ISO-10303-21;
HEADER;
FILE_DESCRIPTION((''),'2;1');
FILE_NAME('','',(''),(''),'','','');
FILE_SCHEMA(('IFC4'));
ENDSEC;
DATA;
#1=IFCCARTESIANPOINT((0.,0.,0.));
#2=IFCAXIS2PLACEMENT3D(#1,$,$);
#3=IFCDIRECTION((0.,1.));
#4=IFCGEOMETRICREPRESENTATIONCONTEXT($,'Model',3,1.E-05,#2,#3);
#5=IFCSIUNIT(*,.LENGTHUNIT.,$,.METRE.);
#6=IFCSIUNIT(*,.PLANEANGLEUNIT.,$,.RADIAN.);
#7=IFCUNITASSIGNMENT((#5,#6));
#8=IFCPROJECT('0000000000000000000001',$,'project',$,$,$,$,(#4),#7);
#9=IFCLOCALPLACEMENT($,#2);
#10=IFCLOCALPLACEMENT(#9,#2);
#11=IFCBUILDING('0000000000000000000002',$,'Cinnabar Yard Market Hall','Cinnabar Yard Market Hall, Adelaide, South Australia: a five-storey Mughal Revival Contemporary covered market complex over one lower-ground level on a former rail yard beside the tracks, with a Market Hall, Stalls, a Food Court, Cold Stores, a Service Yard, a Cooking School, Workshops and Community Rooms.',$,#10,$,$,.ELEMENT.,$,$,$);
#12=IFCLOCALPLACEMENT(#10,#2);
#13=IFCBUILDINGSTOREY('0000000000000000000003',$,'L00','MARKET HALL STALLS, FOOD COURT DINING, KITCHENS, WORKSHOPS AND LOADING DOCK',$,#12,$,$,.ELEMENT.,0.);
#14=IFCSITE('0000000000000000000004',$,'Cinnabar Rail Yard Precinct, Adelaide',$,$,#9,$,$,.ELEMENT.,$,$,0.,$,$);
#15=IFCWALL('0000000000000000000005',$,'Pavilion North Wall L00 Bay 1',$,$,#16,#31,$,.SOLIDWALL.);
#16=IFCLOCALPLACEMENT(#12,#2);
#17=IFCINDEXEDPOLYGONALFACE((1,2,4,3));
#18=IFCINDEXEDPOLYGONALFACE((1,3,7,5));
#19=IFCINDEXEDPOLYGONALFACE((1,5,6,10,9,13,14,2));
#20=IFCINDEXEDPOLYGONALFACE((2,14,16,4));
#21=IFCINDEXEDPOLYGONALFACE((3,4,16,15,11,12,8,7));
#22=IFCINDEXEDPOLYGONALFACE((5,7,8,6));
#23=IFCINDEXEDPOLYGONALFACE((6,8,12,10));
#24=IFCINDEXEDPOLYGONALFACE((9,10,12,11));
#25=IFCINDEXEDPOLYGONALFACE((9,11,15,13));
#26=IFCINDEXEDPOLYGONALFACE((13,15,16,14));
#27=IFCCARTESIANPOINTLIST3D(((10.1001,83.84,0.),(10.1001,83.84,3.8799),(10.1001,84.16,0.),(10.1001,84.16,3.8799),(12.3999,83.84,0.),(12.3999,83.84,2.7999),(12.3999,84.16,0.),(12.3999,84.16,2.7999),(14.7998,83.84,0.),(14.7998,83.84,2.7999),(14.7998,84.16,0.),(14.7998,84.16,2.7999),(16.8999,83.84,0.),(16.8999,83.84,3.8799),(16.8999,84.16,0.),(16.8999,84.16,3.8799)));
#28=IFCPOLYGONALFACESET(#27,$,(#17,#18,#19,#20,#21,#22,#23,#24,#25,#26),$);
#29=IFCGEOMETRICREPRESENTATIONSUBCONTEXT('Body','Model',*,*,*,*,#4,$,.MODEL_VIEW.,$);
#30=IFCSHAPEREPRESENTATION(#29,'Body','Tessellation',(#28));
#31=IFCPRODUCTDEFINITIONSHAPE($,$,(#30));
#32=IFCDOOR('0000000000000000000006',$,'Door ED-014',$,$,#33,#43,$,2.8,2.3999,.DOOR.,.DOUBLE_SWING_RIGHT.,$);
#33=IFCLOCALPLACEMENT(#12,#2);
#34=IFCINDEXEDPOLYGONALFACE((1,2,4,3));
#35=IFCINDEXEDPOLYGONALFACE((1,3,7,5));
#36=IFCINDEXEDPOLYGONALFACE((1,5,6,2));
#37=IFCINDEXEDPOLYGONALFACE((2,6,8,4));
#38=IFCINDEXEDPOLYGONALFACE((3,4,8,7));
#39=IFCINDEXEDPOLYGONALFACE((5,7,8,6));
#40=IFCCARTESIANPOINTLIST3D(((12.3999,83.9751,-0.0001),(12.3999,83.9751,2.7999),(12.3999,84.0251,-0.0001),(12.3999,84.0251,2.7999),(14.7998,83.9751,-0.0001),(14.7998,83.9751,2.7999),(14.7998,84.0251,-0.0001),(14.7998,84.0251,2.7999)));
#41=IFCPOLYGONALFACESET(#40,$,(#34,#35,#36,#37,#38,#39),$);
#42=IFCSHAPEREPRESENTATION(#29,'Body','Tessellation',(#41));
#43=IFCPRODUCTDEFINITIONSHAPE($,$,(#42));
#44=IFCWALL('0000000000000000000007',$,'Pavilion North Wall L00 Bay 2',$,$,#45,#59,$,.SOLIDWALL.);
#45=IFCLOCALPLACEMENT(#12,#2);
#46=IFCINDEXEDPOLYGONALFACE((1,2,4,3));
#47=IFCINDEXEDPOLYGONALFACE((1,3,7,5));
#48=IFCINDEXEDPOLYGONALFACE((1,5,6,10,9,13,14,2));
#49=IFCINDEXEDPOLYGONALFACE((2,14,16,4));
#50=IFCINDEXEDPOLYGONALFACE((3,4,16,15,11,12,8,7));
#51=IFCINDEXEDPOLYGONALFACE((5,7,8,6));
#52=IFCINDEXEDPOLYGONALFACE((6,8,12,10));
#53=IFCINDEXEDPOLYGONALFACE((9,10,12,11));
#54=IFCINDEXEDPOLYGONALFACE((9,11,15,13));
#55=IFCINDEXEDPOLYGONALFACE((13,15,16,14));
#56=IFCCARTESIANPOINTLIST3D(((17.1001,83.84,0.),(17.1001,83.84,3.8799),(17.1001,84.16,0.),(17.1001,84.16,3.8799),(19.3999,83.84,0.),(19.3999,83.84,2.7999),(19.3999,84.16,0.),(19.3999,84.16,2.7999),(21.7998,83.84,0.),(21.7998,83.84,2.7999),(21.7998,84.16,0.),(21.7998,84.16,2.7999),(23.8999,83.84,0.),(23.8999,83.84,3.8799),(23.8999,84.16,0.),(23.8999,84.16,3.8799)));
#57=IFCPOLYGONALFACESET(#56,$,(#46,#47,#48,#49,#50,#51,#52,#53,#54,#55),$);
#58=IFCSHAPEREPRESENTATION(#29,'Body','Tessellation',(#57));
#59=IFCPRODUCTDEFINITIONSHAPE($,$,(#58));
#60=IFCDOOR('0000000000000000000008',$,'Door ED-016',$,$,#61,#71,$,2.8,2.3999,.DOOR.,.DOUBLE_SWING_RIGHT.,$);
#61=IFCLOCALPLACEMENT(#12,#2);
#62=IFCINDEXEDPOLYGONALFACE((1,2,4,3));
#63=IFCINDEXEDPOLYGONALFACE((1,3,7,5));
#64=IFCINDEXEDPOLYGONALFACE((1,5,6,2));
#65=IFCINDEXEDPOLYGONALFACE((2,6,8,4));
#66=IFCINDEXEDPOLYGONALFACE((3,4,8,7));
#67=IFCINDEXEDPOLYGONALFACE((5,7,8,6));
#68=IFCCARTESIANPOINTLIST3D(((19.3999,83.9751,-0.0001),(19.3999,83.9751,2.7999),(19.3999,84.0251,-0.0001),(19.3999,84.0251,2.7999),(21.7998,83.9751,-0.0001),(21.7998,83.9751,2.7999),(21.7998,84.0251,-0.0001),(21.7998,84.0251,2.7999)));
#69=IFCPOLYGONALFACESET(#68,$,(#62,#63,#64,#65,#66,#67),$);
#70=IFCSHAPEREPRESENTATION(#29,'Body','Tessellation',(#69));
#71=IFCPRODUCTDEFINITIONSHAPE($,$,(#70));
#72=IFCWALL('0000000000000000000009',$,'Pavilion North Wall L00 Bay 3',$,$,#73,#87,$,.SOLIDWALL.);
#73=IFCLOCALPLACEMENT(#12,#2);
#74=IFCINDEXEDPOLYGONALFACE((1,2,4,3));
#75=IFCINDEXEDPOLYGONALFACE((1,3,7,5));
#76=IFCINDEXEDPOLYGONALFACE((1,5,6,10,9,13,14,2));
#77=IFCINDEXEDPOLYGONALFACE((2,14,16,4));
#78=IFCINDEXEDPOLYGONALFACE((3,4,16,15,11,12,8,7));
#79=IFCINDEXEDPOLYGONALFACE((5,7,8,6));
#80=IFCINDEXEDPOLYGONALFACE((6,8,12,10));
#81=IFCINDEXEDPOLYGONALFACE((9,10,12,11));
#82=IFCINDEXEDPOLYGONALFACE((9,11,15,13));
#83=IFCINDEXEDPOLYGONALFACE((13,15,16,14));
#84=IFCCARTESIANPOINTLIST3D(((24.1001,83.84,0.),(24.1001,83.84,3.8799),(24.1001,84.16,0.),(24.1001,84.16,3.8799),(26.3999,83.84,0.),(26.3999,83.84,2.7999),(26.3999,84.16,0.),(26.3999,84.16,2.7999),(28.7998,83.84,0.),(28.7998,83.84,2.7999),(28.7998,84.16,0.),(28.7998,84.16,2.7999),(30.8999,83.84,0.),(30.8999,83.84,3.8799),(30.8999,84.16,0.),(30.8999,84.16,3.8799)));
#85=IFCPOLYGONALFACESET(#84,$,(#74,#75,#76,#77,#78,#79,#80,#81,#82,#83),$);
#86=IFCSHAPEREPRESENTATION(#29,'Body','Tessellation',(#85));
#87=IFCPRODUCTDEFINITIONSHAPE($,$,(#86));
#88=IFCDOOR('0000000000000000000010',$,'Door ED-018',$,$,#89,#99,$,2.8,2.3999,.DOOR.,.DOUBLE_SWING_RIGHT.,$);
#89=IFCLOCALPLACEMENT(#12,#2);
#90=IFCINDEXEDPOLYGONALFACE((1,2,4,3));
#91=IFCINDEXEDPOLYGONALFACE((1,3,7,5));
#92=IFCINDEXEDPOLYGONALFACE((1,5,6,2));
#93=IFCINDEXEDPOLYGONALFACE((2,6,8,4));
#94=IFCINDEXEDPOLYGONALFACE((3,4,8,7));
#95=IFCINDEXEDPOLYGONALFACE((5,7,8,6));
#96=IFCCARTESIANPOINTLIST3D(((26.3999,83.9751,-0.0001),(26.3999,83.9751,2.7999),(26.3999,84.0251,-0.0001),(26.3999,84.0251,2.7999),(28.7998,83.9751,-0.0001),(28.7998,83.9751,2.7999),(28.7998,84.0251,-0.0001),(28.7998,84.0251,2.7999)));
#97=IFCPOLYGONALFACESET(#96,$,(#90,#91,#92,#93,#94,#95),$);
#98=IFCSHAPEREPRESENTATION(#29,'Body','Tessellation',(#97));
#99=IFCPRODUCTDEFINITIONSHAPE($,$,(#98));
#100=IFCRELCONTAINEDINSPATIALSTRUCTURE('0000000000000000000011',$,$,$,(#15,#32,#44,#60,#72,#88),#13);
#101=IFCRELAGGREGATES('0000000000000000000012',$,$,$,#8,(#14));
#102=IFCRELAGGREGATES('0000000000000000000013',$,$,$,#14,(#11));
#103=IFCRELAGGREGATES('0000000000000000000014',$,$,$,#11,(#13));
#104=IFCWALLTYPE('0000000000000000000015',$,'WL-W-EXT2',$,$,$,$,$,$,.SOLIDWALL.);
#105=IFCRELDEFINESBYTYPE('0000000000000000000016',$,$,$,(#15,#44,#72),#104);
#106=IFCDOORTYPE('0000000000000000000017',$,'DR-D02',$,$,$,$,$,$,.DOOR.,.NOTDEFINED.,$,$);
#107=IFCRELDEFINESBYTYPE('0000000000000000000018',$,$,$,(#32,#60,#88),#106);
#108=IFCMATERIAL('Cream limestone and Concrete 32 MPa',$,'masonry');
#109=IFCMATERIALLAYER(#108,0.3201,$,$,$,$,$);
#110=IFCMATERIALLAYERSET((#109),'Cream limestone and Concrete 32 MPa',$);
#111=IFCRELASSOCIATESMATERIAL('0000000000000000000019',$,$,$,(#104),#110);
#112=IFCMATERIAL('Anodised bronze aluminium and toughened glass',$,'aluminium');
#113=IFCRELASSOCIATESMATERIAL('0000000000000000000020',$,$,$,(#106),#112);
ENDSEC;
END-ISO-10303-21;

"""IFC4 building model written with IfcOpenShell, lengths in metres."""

from ifc_helpers import new_model, si_unit, direction, frame, frame_2d, origin, place, context, subcontext, project, spatial, rectangle, extrude, material, layer, layer_set, type_object, element, fill, save


model = new_model("IFC4")

# Units and contexts
model_context = context("Model", 3, precision=1e-05, world=origin(), true_north=direction((0.0, 1.0)))
body_context = subcontext(model_context, "Body", "Model", "MODEL_VIEW")
ifc_project = project(units=[si_unit("LENGTHUNIT", "METRE"), si_unit("PLANEANGLEUNIT", "RADIAN")], contexts=[model_context])

# Site, building, storey
site_placement = place(None, origin())
site = spatial("IfcSite", under=ifc_project, at=site_placement, Name="Cinnabar Rail Yard Precinct, Adelaide", CompositionType="ELEMENT", RefElevation=0.0)
building_placement = place(site_placement, origin())
building = spatial("IfcBuilding", under=site, at=building_placement, Name="Cinnabar Yard Market Hall", Description="Cinnabar Yard Market Hall, Adelaide, South Australia: a five-storey Mughal Revival Contemporary covered market complex over one lower-ground level on a former rail yard beside the tracks, with a Market Hall, Stalls, a Food Court, Cold Stores, a Service Yard, a Cooking School, Workshops and Community Rooms.", CompositionType="ELEMENT")
storey_placement = place(building_placement, origin())
storey = spatial("IfcBuildingStorey", under=building, at=storey_placement, Name="L00", Description="MARKET HALL STALLS, FOOD COURT DINING, KITCHENS, WORKSHOPS AND LOADING DOCK", CompositionType="ELEMENT", Elevation=0.0)

# Walls, openings, doors
ifc_material_1 = material(Name="Cream limestone and Concrete 32 MPa", Category="masonry")
ifc_layer_1 = layer(ifc_material_1, 0.3201)
ifc_layer_set_1 = layer_set([ifc_layer_1], Name="Cream limestone and Concrete 32 MPa")
wall_type = type_object("IfcWallType", Name="WL-W-EXT2", PredefinedType="SOLIDWALL", material=ifc_layer_set_1)
wall_1_placement = place(storey_placement, frame((16.8999, 84.0, 0.0), z_axis=(0.0, 0.0, 1.0), x_axis=(-1.0, 0.0, 0.0)))
wall_1 = element("IfcWall", 1, at=wall_1_placement, inside=storey, type_object=wall_type, Name="Pavilion North Wall L00 Bay 1", PredefinedType="SOLIDWALL", context=body_context, shape_type="SweptSolid", body=[
    extrude(rectangle(XDim=6.7998, YDim=0.3201, at=frame_2d((3.3999, 0.0), x_axis=(1.0, 0.0))), origin(), (0.0, 0.0, 1.0), 3.8799),
])
opening_1_placement = place(wall_1_placement, frame((2.1001, 0.0, 0.0)))
opening_1 = element("IfcOpeningElement", 2, at=opening_1_placement, cuts=wall_1, PredefinedType="OPENING", context=body_context, shape_type="SweptSolid", body=[
    extrude(rectangle(XDim=2.3999, YDim=2.8, at=frame_2d((1.2, 1.3999), x_axis=(1.0, 0.0))), frame((0.0, 0.1699, 0.0), z_axis=(0.0, -1.0, 0.0), x_axis=(1.0, 0.0, 0.0)), (0.0, 0.0, 1.0), 0.3401),
])
ifc_material_2 = material(Name="Anodised bronze aluminium and toughened glass", Category="aluminium")
door_type = type_object("IfcDoorType", Name="DR-D02", OperationType="NOTDEFINED", PredefinedType="DOOR", material=ifc_material_2)
door_1_placement = place(opening_1_placement, origin())
door_1 = element("IfcDoor", 3, at=door_1_placement, inside=storey, type_object=door_type, Name="Door ED-014", OperationType="DOUBLE_SWING_RIGHT", OverallHeight=2.8, OverallWidth=2.3999, PredefinedType="DOOR", context=body_context, shape_type="SweptSolid", body=[
    extrude(rectangle(XDim=2.3999, YDim=2.8, at=frame_2d((1.2, 1.3999), x_axis=(1.0, 0.0))), frame((0.0, 0.0249, 0.0), z_axis=(0.0, -1.0, 0.0), x_axis=(1.0, 0.0, 0.0)), (0.0, 0.0, 1.0), 0.05),
])
fill(opening_1, door_1)
wall_2_placement = place(storey_placement, frame((23.8999, 84.0, 0.0), z_axis=(0.0, 0.0, 1.0), x_axis=(-1.0, 0.0, 0.0)))
wall_2 = element("IfcWall", 4, at=wall_2_placement, inside=storey, type_object=wall_type, Name="Pavilion North Wall L00 Bay 2", PredefinedType="SOLIDWALL", context=body_context, shape_type="SweptSolid", body=[
    extrude(rectangle(XDim=6.7998, YDim=0.3201, at=frame_2d((3.3999, 0.0), x_axis=(1.0, 0.0))), origin(), (0.0, 0.0, 1.0), 3.8799),
])
opening_2_placement = place(wall_2_placement, frame((2.1001, 0.0, 0.0)))
opening_2 = element("IfcOpeningElement", 5, at=opening_2_placement, cuts=wall_2, PredefinedType="OPENING", context=body_context, shape_type="SweptSolid", body=[
    extrude(rectangle(XDim=2.3999, YDim=2.8, at=frame_2d((1.2, 1.3999), x_axis=(1.0, 0.0))), frame((0.0, 0.1699, 0.0), z_axis=(0.0, -1.0, 0.0), x_axis=(1.0, 0.0, 0.0)), (0.0, 0.0, 1.0), 0.3401),
])
door_2_placement = place(opening_2_placement, origin())
door_2 = element("IfcDoor", 6, at=door_2_placement, inside=storey, type_object=door_type, Name="Door ED-016", OperationType="DOUBLE_SWING_RIGHT", OverallHeight=2.8, OverallWidth=2.3999, PredefinedType="DOOR", context=body_context, shape_type="SweptSolid", body=[
    extrude(rectangle(XDim=2.3999, YDim=2.8, at=frame_2d((1.2, 1.3999), x_axis=(1.0, 0.0))), frame((0.0, 0.0249, 0.0), z_axis=(0.0, -1.0, 0.0), x_axis=(1.0, 0.0, 0.0)), (0.0, 0.0, 1.0), 0.05),
])
fill(opening_2, door_2)
wall_3_placement = place(storey_placement, frame((30.8999, 84.0, 0.0), z_axis=(0.0, 0.0, 1.0), x_axis=(-1.0, 0.0, 0.0)))
wall_3 = element("IfcWall", 7, at=wall_3_placement, inside=storey, type_object=wall_type, Name="Pavilion North Wall L00 Bay 3", PredefinedType="SOLIDWALL", context=body_context, shape_type="SweptSolid", body=[
    extrude(rectangle(XDim=6.7998, YDim=0.3201, at=frame_2d((3.3999, 0.0), x_axis=(1.0, 0.0))), origin(), (0.0, 0.0, 1.0), 3.8799),
])
opening_3_placement = place(wall_3_placement, frame((2.1001, 0.0, 0.0)))
opening_3 = element("IfcOpeningElement", 8, at=opening_3_placement, cuts=wall_3, PredefinedType="OPENING", context=body_context, shape_type="SweptSolid", body=[
    extrude(rectangle(XDim=2.3999, YDim=2.8, at=frame_2d((1.2, 1.3999), x_axis=(1.0, 0.0))), frame((0.0, 0.1699, 0.0), z_axis=(0.0, -1.0, 0.0), x_axis=(1.0, 0.0, 0.0)), (0.0, 0.0, 1.0), 0.3401),
])
door_3_placement = place(opening_3_placement, origin())
door_3 = element("IfcDoor", 9, at=door_3_placement, inside=storey, type_object=door_type, Name="Door ED-018", OperationType="DOUBLE_SWING_RIGHT", OverallHeight=2.8, OverallWidth=2.3999, PredefinedType="DOOR", context=body_context, shape_type="SweptSolid", body=[
    extrude(rectangle(XDim=2.3999, YDim=2.8, at=frame_2d((1.2, 1.3999), x_axis=(1.0, 0.0))), frame((0.0, 0.0249, 0.0), z_axis=(0.0, -1.0, 0.0), x_axis=(1.0, 0.0, 0.0)), (0.0, 0.0, 1.0), 0.05),
])
fill(opening_3, door_3)

save(model, "model.ifc")
